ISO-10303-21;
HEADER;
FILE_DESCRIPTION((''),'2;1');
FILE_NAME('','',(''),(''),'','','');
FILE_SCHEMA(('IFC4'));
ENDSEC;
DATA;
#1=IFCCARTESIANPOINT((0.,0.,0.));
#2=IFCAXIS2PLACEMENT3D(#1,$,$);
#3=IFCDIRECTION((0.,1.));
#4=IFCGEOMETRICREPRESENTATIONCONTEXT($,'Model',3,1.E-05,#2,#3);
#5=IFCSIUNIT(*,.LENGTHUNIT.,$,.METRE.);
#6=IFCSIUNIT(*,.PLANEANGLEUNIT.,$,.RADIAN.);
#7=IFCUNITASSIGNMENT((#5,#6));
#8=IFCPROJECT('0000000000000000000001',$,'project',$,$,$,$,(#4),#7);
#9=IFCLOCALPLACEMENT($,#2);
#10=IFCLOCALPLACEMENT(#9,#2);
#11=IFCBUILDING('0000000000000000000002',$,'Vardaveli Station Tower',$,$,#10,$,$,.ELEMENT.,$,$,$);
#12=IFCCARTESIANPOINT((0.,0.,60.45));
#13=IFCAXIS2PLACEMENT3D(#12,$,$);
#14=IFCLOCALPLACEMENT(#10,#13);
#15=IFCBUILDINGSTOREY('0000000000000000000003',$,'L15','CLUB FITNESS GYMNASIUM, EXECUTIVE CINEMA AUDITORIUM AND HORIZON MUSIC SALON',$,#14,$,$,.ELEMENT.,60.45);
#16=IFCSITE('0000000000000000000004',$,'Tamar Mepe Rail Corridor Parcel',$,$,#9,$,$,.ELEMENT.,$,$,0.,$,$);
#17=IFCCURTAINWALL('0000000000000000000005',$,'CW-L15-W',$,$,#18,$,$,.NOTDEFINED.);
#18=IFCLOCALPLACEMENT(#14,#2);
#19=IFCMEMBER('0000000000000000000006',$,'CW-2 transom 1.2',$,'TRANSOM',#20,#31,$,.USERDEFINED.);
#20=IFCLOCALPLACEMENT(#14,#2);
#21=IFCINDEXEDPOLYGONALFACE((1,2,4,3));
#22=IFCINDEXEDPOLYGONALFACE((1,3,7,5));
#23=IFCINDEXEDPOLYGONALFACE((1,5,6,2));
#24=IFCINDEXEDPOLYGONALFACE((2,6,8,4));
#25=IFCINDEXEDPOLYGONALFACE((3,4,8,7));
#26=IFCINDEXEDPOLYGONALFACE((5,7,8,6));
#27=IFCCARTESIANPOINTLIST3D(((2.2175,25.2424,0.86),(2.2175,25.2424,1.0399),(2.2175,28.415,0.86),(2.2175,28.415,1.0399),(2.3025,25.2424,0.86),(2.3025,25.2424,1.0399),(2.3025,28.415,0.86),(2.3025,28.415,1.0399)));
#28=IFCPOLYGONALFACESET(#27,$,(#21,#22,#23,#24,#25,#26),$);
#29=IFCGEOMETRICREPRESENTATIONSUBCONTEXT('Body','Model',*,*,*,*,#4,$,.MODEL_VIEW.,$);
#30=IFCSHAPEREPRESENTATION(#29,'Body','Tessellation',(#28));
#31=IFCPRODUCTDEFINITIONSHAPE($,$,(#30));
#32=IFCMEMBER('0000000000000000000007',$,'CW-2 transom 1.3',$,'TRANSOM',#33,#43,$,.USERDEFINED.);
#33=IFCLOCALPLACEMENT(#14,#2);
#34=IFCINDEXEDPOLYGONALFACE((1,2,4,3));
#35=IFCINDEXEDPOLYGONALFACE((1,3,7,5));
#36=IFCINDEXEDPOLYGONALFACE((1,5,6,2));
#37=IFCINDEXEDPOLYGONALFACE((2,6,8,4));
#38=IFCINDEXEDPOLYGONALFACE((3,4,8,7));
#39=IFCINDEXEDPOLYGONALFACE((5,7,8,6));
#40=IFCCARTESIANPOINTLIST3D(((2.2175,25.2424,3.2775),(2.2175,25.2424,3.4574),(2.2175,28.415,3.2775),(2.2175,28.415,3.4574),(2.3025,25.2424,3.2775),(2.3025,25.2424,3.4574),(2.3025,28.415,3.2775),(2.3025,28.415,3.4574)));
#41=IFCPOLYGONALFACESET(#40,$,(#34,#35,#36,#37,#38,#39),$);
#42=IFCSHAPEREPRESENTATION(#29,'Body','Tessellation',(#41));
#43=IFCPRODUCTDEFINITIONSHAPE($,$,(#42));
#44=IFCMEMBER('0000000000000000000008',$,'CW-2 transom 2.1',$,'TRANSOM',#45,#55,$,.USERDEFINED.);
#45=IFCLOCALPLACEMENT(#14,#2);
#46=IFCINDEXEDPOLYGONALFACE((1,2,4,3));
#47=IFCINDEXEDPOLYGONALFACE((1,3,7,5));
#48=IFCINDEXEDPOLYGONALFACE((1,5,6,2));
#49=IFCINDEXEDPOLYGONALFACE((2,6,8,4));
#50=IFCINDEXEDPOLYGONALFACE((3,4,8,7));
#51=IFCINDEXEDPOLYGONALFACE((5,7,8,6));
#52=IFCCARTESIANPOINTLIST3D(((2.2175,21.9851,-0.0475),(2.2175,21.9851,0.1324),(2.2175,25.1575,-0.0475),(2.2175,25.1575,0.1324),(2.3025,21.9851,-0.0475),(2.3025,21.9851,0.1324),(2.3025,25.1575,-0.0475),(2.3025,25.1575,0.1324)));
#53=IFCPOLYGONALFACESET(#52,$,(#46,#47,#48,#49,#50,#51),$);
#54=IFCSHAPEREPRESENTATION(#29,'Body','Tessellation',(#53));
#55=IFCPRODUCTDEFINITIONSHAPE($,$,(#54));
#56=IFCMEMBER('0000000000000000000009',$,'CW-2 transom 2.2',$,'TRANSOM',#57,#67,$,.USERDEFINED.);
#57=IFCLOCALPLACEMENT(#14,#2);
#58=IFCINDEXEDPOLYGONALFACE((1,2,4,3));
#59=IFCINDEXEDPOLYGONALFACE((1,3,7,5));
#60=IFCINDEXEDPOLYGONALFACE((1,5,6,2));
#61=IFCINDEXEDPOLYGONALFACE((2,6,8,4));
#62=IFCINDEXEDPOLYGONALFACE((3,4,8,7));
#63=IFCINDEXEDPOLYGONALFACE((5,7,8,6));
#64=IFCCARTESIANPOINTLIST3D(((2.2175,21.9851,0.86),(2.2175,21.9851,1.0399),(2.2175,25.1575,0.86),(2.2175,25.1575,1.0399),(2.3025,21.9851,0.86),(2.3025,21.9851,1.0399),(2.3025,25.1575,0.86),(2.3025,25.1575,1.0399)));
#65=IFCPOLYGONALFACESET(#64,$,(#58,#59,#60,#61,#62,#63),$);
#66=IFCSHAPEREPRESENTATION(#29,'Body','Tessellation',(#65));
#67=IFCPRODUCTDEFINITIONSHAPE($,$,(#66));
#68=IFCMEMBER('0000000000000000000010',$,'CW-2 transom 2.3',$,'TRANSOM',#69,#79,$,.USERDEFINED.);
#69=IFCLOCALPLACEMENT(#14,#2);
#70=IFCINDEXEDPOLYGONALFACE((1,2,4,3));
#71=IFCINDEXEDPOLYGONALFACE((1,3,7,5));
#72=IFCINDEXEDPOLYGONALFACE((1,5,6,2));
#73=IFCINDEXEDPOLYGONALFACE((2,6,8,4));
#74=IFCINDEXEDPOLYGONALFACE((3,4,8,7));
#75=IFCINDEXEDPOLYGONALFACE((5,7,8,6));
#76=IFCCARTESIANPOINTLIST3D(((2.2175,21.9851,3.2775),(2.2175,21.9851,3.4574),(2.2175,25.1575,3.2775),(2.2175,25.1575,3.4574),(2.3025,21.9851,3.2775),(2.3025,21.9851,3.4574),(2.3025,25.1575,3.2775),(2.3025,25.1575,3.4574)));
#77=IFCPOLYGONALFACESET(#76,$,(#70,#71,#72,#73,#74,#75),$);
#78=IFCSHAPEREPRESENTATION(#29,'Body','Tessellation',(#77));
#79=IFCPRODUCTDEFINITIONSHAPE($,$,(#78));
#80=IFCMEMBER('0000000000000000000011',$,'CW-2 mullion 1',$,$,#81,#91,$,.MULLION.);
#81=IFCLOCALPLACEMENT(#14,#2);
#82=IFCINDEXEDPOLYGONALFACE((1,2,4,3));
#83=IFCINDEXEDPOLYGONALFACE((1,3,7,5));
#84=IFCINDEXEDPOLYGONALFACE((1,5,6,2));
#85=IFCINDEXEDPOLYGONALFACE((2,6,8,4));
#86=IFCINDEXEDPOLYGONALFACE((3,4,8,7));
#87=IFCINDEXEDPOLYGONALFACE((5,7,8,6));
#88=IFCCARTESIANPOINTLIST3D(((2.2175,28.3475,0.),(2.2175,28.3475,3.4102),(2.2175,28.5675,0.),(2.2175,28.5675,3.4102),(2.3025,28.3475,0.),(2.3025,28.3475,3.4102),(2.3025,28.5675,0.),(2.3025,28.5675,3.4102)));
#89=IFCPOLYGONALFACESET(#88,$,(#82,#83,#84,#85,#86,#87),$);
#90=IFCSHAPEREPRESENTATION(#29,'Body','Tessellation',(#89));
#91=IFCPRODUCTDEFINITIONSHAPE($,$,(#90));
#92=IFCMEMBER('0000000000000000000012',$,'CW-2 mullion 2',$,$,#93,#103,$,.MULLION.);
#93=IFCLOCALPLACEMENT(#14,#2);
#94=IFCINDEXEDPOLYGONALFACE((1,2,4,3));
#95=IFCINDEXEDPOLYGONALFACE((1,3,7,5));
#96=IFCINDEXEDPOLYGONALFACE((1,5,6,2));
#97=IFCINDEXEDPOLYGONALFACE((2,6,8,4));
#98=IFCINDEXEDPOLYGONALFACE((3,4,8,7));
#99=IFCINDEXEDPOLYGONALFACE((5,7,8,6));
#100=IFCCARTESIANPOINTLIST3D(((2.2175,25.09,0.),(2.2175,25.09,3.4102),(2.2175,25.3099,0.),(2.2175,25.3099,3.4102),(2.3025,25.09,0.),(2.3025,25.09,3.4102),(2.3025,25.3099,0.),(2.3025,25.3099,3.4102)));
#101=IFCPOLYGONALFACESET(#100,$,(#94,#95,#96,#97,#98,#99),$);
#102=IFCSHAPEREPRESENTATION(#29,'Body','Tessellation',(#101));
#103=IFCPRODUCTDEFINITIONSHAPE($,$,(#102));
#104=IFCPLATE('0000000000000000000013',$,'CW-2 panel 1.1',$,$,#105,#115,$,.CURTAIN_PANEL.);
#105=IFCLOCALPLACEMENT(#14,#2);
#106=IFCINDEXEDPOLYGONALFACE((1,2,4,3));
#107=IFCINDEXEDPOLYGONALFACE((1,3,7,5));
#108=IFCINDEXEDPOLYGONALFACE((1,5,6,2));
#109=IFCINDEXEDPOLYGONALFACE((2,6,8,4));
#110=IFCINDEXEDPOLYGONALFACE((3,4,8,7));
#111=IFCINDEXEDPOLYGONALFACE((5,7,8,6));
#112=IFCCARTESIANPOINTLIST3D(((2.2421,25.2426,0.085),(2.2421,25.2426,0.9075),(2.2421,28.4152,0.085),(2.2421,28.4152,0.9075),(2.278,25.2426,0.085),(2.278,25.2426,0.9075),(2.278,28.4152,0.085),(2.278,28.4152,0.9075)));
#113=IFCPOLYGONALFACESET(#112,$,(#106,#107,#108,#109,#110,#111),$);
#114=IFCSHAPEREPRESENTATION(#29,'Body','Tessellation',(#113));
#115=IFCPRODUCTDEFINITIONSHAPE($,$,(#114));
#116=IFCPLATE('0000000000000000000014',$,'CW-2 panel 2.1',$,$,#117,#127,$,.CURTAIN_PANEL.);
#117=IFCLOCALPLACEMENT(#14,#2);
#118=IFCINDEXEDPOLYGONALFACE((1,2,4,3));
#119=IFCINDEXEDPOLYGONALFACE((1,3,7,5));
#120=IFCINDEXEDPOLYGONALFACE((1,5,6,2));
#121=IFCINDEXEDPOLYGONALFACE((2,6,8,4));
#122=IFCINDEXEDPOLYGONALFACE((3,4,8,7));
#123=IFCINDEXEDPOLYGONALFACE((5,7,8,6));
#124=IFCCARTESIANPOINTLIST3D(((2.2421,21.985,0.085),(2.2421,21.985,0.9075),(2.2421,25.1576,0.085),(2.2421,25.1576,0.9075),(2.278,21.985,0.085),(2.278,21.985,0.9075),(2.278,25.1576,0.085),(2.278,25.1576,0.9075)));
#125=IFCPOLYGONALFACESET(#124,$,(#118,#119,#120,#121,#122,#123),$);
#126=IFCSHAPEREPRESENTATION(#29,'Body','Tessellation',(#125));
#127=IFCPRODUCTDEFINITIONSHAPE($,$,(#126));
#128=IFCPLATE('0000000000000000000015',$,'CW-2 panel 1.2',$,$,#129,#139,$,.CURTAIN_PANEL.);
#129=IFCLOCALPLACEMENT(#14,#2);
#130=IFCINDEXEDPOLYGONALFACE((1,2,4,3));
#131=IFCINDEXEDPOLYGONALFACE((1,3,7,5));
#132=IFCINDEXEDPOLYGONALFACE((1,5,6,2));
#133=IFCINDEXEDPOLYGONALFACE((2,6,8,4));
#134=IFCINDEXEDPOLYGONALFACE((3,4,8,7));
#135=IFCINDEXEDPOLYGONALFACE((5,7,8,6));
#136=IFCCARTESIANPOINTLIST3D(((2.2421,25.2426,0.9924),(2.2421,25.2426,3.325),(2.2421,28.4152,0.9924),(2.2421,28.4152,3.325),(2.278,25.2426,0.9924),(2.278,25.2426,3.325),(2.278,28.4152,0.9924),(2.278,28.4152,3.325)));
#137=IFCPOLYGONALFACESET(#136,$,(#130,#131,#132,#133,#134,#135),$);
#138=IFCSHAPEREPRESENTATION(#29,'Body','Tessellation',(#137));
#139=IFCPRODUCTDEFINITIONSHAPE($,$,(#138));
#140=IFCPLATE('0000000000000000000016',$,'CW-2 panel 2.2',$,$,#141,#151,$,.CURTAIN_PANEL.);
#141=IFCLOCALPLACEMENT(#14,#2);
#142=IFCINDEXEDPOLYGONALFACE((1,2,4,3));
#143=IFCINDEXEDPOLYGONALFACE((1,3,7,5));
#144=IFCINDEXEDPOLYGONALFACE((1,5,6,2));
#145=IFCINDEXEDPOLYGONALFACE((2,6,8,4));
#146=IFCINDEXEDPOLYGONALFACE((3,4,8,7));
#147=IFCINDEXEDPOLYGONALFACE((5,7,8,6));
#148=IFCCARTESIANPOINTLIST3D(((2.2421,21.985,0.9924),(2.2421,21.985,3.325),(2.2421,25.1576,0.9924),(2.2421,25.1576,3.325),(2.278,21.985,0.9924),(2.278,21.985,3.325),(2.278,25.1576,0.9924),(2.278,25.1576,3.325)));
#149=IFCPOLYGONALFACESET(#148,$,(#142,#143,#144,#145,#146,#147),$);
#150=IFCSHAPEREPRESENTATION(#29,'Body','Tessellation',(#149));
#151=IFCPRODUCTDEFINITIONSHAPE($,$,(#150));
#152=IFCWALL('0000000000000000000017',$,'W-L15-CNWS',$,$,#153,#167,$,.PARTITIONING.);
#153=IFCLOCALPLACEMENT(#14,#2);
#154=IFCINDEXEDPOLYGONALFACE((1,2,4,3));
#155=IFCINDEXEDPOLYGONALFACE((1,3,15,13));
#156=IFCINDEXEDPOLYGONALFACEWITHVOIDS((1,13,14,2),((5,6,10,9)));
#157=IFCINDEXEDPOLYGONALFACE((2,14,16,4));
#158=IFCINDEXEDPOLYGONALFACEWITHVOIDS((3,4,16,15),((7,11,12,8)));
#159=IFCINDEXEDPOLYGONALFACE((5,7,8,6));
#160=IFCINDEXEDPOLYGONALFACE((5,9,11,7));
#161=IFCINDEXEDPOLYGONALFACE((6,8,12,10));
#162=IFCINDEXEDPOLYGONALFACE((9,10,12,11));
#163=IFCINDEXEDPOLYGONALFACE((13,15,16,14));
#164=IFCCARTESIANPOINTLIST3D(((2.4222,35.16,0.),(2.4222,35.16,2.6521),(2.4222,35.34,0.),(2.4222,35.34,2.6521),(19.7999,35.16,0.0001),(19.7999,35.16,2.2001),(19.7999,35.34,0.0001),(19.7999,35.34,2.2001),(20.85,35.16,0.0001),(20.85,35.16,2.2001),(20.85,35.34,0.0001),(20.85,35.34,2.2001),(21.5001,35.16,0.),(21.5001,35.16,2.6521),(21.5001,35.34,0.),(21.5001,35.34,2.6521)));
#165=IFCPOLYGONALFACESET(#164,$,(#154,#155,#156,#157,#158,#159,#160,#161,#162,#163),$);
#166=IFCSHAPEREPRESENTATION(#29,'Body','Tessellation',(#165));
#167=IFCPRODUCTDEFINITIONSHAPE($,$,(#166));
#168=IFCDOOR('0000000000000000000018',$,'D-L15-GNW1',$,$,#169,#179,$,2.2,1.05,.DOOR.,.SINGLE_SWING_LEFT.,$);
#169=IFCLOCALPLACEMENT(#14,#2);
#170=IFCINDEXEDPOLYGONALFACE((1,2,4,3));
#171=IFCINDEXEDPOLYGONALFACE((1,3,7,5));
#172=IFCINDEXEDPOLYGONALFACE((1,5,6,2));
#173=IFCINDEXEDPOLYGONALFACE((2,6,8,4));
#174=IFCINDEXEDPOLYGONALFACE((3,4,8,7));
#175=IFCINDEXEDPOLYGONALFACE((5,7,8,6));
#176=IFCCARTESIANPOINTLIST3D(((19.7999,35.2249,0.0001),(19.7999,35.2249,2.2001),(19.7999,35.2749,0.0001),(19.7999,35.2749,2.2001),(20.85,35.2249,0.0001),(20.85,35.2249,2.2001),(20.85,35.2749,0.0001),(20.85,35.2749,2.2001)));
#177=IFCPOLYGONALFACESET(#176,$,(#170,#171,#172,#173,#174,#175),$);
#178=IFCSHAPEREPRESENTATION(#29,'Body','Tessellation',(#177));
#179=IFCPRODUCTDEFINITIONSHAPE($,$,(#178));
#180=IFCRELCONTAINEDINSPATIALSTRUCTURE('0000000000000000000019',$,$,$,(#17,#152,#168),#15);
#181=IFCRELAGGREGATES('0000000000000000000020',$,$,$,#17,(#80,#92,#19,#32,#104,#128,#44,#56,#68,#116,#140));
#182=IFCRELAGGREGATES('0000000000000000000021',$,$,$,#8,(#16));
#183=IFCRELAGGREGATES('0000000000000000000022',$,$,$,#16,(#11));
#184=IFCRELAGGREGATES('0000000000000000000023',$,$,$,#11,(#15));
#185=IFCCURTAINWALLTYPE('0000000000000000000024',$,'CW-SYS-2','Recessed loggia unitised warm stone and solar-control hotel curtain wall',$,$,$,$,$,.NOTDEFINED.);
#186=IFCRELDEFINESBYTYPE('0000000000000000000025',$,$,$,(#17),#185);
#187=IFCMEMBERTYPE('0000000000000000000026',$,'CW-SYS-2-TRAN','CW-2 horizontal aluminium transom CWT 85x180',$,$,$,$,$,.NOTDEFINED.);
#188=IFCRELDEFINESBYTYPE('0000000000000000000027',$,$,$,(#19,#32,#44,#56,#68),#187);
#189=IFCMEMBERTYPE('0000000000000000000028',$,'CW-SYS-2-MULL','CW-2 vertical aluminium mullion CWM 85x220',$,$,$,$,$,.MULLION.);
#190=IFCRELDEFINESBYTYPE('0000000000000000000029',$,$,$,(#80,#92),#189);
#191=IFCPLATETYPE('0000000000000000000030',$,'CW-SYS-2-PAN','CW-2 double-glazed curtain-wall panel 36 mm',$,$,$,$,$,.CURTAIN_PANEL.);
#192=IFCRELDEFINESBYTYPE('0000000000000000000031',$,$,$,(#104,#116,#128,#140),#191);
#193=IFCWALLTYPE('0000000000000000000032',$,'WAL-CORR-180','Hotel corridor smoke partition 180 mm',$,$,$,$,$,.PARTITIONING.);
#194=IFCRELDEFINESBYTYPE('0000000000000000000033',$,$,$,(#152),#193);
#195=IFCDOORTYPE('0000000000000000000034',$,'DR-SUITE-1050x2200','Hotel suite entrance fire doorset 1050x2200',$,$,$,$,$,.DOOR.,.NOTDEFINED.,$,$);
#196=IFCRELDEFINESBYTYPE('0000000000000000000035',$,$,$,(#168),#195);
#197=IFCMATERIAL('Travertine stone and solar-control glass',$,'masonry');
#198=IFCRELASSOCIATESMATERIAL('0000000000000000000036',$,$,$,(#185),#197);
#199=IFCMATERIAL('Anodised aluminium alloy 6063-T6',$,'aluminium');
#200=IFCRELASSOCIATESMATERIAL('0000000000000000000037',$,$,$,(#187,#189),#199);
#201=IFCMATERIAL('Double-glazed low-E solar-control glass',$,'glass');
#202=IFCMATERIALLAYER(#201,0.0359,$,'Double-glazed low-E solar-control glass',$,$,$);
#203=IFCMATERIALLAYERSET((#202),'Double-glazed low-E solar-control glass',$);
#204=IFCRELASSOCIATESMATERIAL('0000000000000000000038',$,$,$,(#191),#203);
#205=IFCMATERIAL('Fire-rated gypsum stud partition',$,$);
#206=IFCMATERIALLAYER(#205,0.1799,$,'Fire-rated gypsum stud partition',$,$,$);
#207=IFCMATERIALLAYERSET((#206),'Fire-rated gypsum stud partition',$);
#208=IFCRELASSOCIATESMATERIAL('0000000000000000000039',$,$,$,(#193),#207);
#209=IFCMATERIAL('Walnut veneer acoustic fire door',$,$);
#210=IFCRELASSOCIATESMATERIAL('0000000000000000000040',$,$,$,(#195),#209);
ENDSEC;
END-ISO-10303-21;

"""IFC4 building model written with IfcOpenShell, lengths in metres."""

from ifc_helpers import new_model, si_unit, direction, frame, frame_2d, origin, origin_2d, place, context, subcontext, project, spatial, rectangle, extrude, source, transform, mapped, material, layer, layer_set, material_profile, profile_set, type_object, element, fill, aggregate, save


model = new_model("IFC4")

# Units and contexts
model_context = context("Model", 3, precision=1e-05, world=origin(), true_north=direction((0.0, 1.0)))
body_context = subcontext(model_context, "Body", "Model", "MODEL_VIEW")
ifc_project = project(units=[si_unit("LENGTHUNIT", "METRE"), si_unit("PLANEANGLEUNIT", "RADIAN")], contexts=[model_context])

# Site, building, storey
site_placement = place(None, origin())
site = spatial("IfcSite", under=ifc_project, at=site_placement, Name="Tamar Mepe Rail Corridor Parcel", CompositionType="ELEMENT", RefElevation=0.0)
building_placement = place(site_placement, origin())
building = spatial("IfcBuilding", under=site, at=building_placement, Name="Vardaveli Station Tower", CompositionType="ELEMENT")
storey_placement = place(building_placement, frame((0.0, 0.0, 60.45)))
storey = spatial("IfcBuildingStorey", under=building, at=storey_placement, Name="L15", Description="CLUB FITNESS GYMNASIUM, EXECUTIVE CINEMA AUDITORIUM AND HORIZON MUSIC SALON", CompositionType="ELEMENT", Elevation=60.45)

# Curtain wall, members, plates
ifc_material_1 = material(Name="Travertine stone and solar-control glass", Category="masonry")
curtain_wall_type = type_object("IfcCurtainWallType", Name="CW-SYS-2", Description="Recessed loggia unitised warm stone and solar-control hotel curtain wall", PredefinedType="NOTDEFINED", material=ifc_material_1)
curtain_wall_placement = place(storey_placement, origin())
curtain_wall = element("IfcCurtainWall", 1, at=curtain_wall_placement, inside=storey, type_object=curtain_wall_type, Name="CW-L15-W", PredefinedType="NOTDEFINED")
ifc_material_2 = material(Name="Anodised aluminium alloy 6063-T6", Category="aluminium")
ifc_material_profile_1 = material_profile(ifc_material_2, rectangle(XDim=0.085, YDim=0.1799, at=origin_2d()), Name="CWT 85x180")
ifc_profile_set_1 = profile_set([ifc_material_profile_1], Name="Anodised aluminium alloy 6063-T6")
member_type_1 = type_object("IfcMemberType", Name="CW-SYS-2-TRAN", Description="CW-2 horizontal aluminium transom CWT 85x180", PredefinedType="NOTDEFINED", material=ifc_profile_set_1)
shared_shape_1 = source(origin(), body_context, "Body", "SweptSolid", [
    extrude(rectangle(XDim=0.085, YDim=0.1799, at=origin_2d()), origin(), (0.0, 0.0, 1.0), 3.1726),
])
member_1_placement = place(storey_placement, frame((2.26, 28.415, 0.95), z_axis=(0.0, -1.0, 0.0), x_axis=(1.0, 0.0, 0.0)))
member_1 = element("IfcMember", 2, at=member_1_placement, type_object=member_type_1, Name="CW-2 transom 1.2", ObjectType="TRANSOM", PredefinedType="USERDEFINED", context=body_context, shape_type="MappedRepresentation", body=[
    mapped(shared_shape_1, transform((0.0, 0.0, 0.0), scale=1.0)),
])
member_2_placement = place(storey_placement, frame((2.26, 28.415, 3.3674), z_axis=(0.0, -1.0, 0.0), x_axis=(1.0, 0.0, 0.0)))
member_2 = element("IfcMember", 3, at=member_2_placement, type_object=member_type_1, Name="CW-2 transom 1.3", ObjectType="TRANSOM", PredefinedType="USERDEFINED", context=body_context, shape_type="MappedRepresentation", body=[
    mapped(shared_shape_1, transform((0.0, 0.0, 0.0), scale=1.0)),
])
shared_shape_2 = source(origin(), body_context, "Body", "SweptSolid", [
    extrude(rectangle(XDim=0.085, YDim=0.1799, at=origin_2d()), origin(), (0.0, 0.0, 1.0), 3.1724),
])
member_3_placement = place(storey_placement, frame((2.26, 25.1575, 0.0425), z_axis=(0.0, -1.0, 0.0), x_axis=(1.0, 0.0, 0.0)))
member_3 = element("IfcMember", 4, at=member_3_placement, type_object=member_type_1, Name="CW-2 transom 2.1", ObjectType="TRANSOM", PredefinedType="USERDEFINED", context=body_context, shape_type="MappedRepresentation", body=[
    mapped(shared_shape_2, transform((0.0, 0.0, 0.0), scale=1.0)),
])
member_4_placement = place(storey_placement, frame((2.26, 25.1575, 0.95), z_axis=(0.0, -1.0, 0.0), x_axis=(1.0, 0.0, 0.0)))
member_4 = element("IfcMember", 5, at=member_4_placement, type_object=member_type_1, Name="CW-2 transom 2.2", ObjectType="TRANSOM", PredefinedType="USERDEFINED", context=body_context, shape_type="MappedRepresentation", body=[
    mapped(shared_shape_2, transform((0.0, 0.0, 0.0), scale=1.0)),
])
member_5_placement = place(storey_placement, frame((2.26, 25.1575, 3.3674), z_axis=(0.0, -1.0, 0.0), x_axis=(1.0, 0.0, 0.0)))
member_5 = element("IfcMember", 6, at=member_5_placement, type_object=member_type_1, Name="CW-2 transom 2.3", ObjectType="TRANSOM", PredefinedType="USERDEFINED", context=body_context, shape_type="MappedRepresentation", body=[
    mapped(shared_shape_2, transform((0.0, 0.0, 0.0), scale=1.0)),
])
ifc_material_profile_2 = material_profile(ifc_material_2, rectangle(XDim=0.085, YDim=0.22, at=origin_2d()), Name="CWM 85x220")
ifc_profile_set_2 = profile_set([ifc_material_profile_2], Name="Anodised aluminium alloy 6063-T6")
member_type_2 = type_object("IfcMemberType", Name="CW-SYS-2-MULL", Description="CW-2 vertical aluminium mullion CWM 85x220", PredefinedType="MULLION", material=ifc_profile_set_2)
shared_shape_3 = source(origin(), body_context, "Body", "SweptSolid", [
    extrude(rectangle(XDim=0.085, YDim=0.22, at=origin_2d()), origin(), (0.0, 0.0, 1.0), 3.4102),
])
member_6_placement = place(storey_placement, frame((2.26, 28.4575, 0.0), z_axis=(0.0, 0.0, 1.0), x_axis=(1.0, 0.0, 0.0)))
member_6 = element("IfcMember", 7, at=member_6_placement, type_object=member_type_2, Name="CW-2 mullion 1", PredefinedType="MULLION", context=body_context, shape_type="MappedRepresentation", body=[
    mapped(shared_shape_3, transform((0.0, 0.0, 0.0), scale=1.0)),
])
member_7_placement = place(storey_placement, frame((2.26, 25.2, 0.0), z_axis=(0.0, 0.0, 1.0), x_axis=(1.0, 0.0, 0.0)))
member_7 = element("IfcMember", 8, at=member_7_placement, type_object=member_type_2, Name="CW-2 mullion 2", PredefinedType="MULLION", context=body_context, shape_type="MappedRepresentation", body=[
    mapped(shared_shape_3, transform((0.0, 0.0, 0.0), scale=1.0)),
])
ifc_material_3 = material(Name="Double-glazed low-E solar-control glass", Category="glass")
ifc_layer_1 = layer(ifc_material_3, 0.0359, Name="Double-glazed low-E solar-control glass")
ifc_layer_set_1 = layer_set([ifc_layer_1], Name="Double-glazed low-E solar-control glass")
plate_type = type_object("IfcPlateType", Name="CW-SYS-2-PAN", Description="CW-2 double-glazed curtain-wall panel 36 mm", PredefinedType="CURTAIN_PANEL", material=ifc_layer_set_1)
shared_shape_4 = source(origin(), body_context, "Body", "SweptSolid", [
    extrude(rectangle(XDim=3.1726, YDim=0.0359, at=origin_2d()), origin(), (0.0, 0.0, 1.0), 0.8225),
])
plate_1_placement = place(storey_placement, frame((2.26, 26.8289, 0.085), z_axis=(0.0, 0.0, 1.0), x_axis=(0.0, -1.0, 0.0)))
plate_1 = element("IfcPlate", 9, at=plate_1_placement, type_object=plate_type, Name="CW-2 panel 1.1", PredefinedType="CURTAIN_PANEL", context=body_context, shape_type="MappedRepresentation", body=[
    mapped(shared_shape_4, transform((0.0, 0.0, 0.0), scale=1.0)),
])
plate_2_placement = place(storey_placement, frame((2.26, 23.5713, 0.085), z_axis=(0.0, 0.0, 1.0), x_axis=(0.0, -1.0, 0.0)))
plate_2 = element("IfcPlate", 10, at=plate_2_placement, type_object=plate_type, Name="CW-2 panel 2.1", PredefinedType="CURTAIN_PANEL", context=body_context, shape_type="MappedRepresentation", body=[
    mapped(shared_shape_4, transform((0.0, 0.0, 0.0), scale=1.0)),
])
shared_shape_5 = source(origin(), body_context, "Body", "SweptSolid", [
    extrude(rectangle(XDim=3.1726, YDim=0.0359, at=origin_2d()), origin(), (0.0, 0.0, 1.0), 2.3325),
])
plate_3_placement = place(storey_placement, frame((2.26, 26.8289, 0.9924), z_axis=(0.0, 0.0, 1.0), x_axis=(0.0, -1.0, 0.0)))
plate_3 = element("IfcPlate", 11, at=plate_3_placement, type_object=plate_type, Name="CW-2 panel 1.2", PredefinedType="CURTAIN_PANEL", context=body_context, shape_type="MappedRepresentation", body=[
    mapped(shared_shape_5, transform((0.0, 0.0, 0.0), scale=1.0)),
])
plate_4_placement = place(storey_placement, frame((2.26, 23.5713, 0.9924), z_axis=(0.0, 0.0, 1.0), x_axis=(0.0, -1.0, 0.0)))
plate_4 = element("IfcPlate", 12, at=plate_4_placement, type_object=plate_type, Name="CW-2 panel 2.2", PredefinedType="CURTAIN_PANEL", context=body_context, shape_type="MappedRepresentation", body=[
    mapped(shared_shape_5, transform((0.0, 0.0, 0.0), scale=1.0)),
])
aggregate(curtain_wall, [member_6, member_7, member_1, member_2, plate_1, plate_3, member_3, member_4, member_5, plate_2, plate_4])

# Wall, opening, door
ifc_material_4 = material(Name="Fire-rated gypsum stud partition")
ifc_layer_2 = layer(ifc_material_4, 0.1799, Name="Fire-rated gypsum stud partition")
ifc_layer_set_2 = layer_set([ifc_layer_2], Name="Fire-rated gypsum stud partition")
wall_type = type_object("IfcWallType", Name="WAL-CORR-180", Description="Hotel corridor smoke partition 180 mm", PredefinedType="PARTITIONING", material=ifc_layer_set_2)
shared_shape_6 = source(origin(), body_context, "Body", "SweptSolid", [
    extrude(rectangle(XDim=19.0779, YDim=0.1799, at=frame_2d((9.5391, 0.0))), origin(), (0.0, 0.0, 1.0), 2.6521),
])
wall_1_placement = place(storey_placement, frame((2.4221, 35.25, 0.0), z_axis=(0.0, 0.0, 1.0), x_axis=(1.0, 0.0, 0.0)))
wall_1 = element("IfcWall", 13, at=wall_1_placement, inside=storey, type_object=wall_type, Name="W-L15-CNWS", PredefinedType="PARTITIONING", context=body_context, shape_type="MappedRepresentation", body=[
    mapped(shared_shape_6, transform((0.0, 0.0, 0.0), scale=1.0)),
])
shared_shape_7 = source(origin(), body_context, "Body", "SweptSolid", [
    extrude(rectangle(XDim=1.05, YDim=2.2, at=frame_2d((0.5249, 1.1001))), frame((0.0, 0.1001, 0.0), z_axis=(0.0, -1.0, 0.0), x_axis=(1.0, 0.0, 0.0)), (0.0, 0.0, 1.0), 0.2),
])
opening_placement = place(wall_1_placement, frame((17.3779, 0.0, 0.0)))
opening = element("IfcOpeningElement", 14, at=opening_placement, cuts=wall_1, PredefinedType="OPENING", context=body_context, shape_type="MappedRepresentation", body=[
    mapped(shared_shape_7, transform((0.0, 0.0, 0.0), scale=1.0)),
])
ifc_material_5 = material(Name="Walnut veneer acoustic fire door")
door_type = type_object("IfcDoorType", Name="DR-SUITE-1050x2200", Description="Hotel suite entrance fire doorset 1050x2200", OperationType="NOTDEFINED", PredefinedType="DOOR", material=ifc_material_5)
shared_shape_8 = source(origin(), body_context, "Body", "SweptSolid", [
    extrude(rectangle(XDim=1.05, YDim=2.2, at=frame_2d((0.5249, 1.1001))), frame((0.0, 0.0249, 0.0), z_axis=(0.0, -1.0, 0.0), x_axis=(1.0, 0.0, 0.0)), (0.0, 0.0, 1.0), 0.05),
])
door_placement = place(opening_placement, origin())
door = element("IfcDoor", 15, at=door_placement, inside=storey, type_object=door_type, Name="D-L15-GNW1", OperationType="SINGLE_SWING_LEFT", OverallHeight=2.2, OverallWidth=1.05, PredefinedType="DOOR", context=body_context, shape_type="MappedRepresentation", body=[
    mapped(shared_shape_8, transform((0.0, 0.0, 0.0), scale=1.0)),
])
fill(opening, door)

save(model, "model.ifc")
